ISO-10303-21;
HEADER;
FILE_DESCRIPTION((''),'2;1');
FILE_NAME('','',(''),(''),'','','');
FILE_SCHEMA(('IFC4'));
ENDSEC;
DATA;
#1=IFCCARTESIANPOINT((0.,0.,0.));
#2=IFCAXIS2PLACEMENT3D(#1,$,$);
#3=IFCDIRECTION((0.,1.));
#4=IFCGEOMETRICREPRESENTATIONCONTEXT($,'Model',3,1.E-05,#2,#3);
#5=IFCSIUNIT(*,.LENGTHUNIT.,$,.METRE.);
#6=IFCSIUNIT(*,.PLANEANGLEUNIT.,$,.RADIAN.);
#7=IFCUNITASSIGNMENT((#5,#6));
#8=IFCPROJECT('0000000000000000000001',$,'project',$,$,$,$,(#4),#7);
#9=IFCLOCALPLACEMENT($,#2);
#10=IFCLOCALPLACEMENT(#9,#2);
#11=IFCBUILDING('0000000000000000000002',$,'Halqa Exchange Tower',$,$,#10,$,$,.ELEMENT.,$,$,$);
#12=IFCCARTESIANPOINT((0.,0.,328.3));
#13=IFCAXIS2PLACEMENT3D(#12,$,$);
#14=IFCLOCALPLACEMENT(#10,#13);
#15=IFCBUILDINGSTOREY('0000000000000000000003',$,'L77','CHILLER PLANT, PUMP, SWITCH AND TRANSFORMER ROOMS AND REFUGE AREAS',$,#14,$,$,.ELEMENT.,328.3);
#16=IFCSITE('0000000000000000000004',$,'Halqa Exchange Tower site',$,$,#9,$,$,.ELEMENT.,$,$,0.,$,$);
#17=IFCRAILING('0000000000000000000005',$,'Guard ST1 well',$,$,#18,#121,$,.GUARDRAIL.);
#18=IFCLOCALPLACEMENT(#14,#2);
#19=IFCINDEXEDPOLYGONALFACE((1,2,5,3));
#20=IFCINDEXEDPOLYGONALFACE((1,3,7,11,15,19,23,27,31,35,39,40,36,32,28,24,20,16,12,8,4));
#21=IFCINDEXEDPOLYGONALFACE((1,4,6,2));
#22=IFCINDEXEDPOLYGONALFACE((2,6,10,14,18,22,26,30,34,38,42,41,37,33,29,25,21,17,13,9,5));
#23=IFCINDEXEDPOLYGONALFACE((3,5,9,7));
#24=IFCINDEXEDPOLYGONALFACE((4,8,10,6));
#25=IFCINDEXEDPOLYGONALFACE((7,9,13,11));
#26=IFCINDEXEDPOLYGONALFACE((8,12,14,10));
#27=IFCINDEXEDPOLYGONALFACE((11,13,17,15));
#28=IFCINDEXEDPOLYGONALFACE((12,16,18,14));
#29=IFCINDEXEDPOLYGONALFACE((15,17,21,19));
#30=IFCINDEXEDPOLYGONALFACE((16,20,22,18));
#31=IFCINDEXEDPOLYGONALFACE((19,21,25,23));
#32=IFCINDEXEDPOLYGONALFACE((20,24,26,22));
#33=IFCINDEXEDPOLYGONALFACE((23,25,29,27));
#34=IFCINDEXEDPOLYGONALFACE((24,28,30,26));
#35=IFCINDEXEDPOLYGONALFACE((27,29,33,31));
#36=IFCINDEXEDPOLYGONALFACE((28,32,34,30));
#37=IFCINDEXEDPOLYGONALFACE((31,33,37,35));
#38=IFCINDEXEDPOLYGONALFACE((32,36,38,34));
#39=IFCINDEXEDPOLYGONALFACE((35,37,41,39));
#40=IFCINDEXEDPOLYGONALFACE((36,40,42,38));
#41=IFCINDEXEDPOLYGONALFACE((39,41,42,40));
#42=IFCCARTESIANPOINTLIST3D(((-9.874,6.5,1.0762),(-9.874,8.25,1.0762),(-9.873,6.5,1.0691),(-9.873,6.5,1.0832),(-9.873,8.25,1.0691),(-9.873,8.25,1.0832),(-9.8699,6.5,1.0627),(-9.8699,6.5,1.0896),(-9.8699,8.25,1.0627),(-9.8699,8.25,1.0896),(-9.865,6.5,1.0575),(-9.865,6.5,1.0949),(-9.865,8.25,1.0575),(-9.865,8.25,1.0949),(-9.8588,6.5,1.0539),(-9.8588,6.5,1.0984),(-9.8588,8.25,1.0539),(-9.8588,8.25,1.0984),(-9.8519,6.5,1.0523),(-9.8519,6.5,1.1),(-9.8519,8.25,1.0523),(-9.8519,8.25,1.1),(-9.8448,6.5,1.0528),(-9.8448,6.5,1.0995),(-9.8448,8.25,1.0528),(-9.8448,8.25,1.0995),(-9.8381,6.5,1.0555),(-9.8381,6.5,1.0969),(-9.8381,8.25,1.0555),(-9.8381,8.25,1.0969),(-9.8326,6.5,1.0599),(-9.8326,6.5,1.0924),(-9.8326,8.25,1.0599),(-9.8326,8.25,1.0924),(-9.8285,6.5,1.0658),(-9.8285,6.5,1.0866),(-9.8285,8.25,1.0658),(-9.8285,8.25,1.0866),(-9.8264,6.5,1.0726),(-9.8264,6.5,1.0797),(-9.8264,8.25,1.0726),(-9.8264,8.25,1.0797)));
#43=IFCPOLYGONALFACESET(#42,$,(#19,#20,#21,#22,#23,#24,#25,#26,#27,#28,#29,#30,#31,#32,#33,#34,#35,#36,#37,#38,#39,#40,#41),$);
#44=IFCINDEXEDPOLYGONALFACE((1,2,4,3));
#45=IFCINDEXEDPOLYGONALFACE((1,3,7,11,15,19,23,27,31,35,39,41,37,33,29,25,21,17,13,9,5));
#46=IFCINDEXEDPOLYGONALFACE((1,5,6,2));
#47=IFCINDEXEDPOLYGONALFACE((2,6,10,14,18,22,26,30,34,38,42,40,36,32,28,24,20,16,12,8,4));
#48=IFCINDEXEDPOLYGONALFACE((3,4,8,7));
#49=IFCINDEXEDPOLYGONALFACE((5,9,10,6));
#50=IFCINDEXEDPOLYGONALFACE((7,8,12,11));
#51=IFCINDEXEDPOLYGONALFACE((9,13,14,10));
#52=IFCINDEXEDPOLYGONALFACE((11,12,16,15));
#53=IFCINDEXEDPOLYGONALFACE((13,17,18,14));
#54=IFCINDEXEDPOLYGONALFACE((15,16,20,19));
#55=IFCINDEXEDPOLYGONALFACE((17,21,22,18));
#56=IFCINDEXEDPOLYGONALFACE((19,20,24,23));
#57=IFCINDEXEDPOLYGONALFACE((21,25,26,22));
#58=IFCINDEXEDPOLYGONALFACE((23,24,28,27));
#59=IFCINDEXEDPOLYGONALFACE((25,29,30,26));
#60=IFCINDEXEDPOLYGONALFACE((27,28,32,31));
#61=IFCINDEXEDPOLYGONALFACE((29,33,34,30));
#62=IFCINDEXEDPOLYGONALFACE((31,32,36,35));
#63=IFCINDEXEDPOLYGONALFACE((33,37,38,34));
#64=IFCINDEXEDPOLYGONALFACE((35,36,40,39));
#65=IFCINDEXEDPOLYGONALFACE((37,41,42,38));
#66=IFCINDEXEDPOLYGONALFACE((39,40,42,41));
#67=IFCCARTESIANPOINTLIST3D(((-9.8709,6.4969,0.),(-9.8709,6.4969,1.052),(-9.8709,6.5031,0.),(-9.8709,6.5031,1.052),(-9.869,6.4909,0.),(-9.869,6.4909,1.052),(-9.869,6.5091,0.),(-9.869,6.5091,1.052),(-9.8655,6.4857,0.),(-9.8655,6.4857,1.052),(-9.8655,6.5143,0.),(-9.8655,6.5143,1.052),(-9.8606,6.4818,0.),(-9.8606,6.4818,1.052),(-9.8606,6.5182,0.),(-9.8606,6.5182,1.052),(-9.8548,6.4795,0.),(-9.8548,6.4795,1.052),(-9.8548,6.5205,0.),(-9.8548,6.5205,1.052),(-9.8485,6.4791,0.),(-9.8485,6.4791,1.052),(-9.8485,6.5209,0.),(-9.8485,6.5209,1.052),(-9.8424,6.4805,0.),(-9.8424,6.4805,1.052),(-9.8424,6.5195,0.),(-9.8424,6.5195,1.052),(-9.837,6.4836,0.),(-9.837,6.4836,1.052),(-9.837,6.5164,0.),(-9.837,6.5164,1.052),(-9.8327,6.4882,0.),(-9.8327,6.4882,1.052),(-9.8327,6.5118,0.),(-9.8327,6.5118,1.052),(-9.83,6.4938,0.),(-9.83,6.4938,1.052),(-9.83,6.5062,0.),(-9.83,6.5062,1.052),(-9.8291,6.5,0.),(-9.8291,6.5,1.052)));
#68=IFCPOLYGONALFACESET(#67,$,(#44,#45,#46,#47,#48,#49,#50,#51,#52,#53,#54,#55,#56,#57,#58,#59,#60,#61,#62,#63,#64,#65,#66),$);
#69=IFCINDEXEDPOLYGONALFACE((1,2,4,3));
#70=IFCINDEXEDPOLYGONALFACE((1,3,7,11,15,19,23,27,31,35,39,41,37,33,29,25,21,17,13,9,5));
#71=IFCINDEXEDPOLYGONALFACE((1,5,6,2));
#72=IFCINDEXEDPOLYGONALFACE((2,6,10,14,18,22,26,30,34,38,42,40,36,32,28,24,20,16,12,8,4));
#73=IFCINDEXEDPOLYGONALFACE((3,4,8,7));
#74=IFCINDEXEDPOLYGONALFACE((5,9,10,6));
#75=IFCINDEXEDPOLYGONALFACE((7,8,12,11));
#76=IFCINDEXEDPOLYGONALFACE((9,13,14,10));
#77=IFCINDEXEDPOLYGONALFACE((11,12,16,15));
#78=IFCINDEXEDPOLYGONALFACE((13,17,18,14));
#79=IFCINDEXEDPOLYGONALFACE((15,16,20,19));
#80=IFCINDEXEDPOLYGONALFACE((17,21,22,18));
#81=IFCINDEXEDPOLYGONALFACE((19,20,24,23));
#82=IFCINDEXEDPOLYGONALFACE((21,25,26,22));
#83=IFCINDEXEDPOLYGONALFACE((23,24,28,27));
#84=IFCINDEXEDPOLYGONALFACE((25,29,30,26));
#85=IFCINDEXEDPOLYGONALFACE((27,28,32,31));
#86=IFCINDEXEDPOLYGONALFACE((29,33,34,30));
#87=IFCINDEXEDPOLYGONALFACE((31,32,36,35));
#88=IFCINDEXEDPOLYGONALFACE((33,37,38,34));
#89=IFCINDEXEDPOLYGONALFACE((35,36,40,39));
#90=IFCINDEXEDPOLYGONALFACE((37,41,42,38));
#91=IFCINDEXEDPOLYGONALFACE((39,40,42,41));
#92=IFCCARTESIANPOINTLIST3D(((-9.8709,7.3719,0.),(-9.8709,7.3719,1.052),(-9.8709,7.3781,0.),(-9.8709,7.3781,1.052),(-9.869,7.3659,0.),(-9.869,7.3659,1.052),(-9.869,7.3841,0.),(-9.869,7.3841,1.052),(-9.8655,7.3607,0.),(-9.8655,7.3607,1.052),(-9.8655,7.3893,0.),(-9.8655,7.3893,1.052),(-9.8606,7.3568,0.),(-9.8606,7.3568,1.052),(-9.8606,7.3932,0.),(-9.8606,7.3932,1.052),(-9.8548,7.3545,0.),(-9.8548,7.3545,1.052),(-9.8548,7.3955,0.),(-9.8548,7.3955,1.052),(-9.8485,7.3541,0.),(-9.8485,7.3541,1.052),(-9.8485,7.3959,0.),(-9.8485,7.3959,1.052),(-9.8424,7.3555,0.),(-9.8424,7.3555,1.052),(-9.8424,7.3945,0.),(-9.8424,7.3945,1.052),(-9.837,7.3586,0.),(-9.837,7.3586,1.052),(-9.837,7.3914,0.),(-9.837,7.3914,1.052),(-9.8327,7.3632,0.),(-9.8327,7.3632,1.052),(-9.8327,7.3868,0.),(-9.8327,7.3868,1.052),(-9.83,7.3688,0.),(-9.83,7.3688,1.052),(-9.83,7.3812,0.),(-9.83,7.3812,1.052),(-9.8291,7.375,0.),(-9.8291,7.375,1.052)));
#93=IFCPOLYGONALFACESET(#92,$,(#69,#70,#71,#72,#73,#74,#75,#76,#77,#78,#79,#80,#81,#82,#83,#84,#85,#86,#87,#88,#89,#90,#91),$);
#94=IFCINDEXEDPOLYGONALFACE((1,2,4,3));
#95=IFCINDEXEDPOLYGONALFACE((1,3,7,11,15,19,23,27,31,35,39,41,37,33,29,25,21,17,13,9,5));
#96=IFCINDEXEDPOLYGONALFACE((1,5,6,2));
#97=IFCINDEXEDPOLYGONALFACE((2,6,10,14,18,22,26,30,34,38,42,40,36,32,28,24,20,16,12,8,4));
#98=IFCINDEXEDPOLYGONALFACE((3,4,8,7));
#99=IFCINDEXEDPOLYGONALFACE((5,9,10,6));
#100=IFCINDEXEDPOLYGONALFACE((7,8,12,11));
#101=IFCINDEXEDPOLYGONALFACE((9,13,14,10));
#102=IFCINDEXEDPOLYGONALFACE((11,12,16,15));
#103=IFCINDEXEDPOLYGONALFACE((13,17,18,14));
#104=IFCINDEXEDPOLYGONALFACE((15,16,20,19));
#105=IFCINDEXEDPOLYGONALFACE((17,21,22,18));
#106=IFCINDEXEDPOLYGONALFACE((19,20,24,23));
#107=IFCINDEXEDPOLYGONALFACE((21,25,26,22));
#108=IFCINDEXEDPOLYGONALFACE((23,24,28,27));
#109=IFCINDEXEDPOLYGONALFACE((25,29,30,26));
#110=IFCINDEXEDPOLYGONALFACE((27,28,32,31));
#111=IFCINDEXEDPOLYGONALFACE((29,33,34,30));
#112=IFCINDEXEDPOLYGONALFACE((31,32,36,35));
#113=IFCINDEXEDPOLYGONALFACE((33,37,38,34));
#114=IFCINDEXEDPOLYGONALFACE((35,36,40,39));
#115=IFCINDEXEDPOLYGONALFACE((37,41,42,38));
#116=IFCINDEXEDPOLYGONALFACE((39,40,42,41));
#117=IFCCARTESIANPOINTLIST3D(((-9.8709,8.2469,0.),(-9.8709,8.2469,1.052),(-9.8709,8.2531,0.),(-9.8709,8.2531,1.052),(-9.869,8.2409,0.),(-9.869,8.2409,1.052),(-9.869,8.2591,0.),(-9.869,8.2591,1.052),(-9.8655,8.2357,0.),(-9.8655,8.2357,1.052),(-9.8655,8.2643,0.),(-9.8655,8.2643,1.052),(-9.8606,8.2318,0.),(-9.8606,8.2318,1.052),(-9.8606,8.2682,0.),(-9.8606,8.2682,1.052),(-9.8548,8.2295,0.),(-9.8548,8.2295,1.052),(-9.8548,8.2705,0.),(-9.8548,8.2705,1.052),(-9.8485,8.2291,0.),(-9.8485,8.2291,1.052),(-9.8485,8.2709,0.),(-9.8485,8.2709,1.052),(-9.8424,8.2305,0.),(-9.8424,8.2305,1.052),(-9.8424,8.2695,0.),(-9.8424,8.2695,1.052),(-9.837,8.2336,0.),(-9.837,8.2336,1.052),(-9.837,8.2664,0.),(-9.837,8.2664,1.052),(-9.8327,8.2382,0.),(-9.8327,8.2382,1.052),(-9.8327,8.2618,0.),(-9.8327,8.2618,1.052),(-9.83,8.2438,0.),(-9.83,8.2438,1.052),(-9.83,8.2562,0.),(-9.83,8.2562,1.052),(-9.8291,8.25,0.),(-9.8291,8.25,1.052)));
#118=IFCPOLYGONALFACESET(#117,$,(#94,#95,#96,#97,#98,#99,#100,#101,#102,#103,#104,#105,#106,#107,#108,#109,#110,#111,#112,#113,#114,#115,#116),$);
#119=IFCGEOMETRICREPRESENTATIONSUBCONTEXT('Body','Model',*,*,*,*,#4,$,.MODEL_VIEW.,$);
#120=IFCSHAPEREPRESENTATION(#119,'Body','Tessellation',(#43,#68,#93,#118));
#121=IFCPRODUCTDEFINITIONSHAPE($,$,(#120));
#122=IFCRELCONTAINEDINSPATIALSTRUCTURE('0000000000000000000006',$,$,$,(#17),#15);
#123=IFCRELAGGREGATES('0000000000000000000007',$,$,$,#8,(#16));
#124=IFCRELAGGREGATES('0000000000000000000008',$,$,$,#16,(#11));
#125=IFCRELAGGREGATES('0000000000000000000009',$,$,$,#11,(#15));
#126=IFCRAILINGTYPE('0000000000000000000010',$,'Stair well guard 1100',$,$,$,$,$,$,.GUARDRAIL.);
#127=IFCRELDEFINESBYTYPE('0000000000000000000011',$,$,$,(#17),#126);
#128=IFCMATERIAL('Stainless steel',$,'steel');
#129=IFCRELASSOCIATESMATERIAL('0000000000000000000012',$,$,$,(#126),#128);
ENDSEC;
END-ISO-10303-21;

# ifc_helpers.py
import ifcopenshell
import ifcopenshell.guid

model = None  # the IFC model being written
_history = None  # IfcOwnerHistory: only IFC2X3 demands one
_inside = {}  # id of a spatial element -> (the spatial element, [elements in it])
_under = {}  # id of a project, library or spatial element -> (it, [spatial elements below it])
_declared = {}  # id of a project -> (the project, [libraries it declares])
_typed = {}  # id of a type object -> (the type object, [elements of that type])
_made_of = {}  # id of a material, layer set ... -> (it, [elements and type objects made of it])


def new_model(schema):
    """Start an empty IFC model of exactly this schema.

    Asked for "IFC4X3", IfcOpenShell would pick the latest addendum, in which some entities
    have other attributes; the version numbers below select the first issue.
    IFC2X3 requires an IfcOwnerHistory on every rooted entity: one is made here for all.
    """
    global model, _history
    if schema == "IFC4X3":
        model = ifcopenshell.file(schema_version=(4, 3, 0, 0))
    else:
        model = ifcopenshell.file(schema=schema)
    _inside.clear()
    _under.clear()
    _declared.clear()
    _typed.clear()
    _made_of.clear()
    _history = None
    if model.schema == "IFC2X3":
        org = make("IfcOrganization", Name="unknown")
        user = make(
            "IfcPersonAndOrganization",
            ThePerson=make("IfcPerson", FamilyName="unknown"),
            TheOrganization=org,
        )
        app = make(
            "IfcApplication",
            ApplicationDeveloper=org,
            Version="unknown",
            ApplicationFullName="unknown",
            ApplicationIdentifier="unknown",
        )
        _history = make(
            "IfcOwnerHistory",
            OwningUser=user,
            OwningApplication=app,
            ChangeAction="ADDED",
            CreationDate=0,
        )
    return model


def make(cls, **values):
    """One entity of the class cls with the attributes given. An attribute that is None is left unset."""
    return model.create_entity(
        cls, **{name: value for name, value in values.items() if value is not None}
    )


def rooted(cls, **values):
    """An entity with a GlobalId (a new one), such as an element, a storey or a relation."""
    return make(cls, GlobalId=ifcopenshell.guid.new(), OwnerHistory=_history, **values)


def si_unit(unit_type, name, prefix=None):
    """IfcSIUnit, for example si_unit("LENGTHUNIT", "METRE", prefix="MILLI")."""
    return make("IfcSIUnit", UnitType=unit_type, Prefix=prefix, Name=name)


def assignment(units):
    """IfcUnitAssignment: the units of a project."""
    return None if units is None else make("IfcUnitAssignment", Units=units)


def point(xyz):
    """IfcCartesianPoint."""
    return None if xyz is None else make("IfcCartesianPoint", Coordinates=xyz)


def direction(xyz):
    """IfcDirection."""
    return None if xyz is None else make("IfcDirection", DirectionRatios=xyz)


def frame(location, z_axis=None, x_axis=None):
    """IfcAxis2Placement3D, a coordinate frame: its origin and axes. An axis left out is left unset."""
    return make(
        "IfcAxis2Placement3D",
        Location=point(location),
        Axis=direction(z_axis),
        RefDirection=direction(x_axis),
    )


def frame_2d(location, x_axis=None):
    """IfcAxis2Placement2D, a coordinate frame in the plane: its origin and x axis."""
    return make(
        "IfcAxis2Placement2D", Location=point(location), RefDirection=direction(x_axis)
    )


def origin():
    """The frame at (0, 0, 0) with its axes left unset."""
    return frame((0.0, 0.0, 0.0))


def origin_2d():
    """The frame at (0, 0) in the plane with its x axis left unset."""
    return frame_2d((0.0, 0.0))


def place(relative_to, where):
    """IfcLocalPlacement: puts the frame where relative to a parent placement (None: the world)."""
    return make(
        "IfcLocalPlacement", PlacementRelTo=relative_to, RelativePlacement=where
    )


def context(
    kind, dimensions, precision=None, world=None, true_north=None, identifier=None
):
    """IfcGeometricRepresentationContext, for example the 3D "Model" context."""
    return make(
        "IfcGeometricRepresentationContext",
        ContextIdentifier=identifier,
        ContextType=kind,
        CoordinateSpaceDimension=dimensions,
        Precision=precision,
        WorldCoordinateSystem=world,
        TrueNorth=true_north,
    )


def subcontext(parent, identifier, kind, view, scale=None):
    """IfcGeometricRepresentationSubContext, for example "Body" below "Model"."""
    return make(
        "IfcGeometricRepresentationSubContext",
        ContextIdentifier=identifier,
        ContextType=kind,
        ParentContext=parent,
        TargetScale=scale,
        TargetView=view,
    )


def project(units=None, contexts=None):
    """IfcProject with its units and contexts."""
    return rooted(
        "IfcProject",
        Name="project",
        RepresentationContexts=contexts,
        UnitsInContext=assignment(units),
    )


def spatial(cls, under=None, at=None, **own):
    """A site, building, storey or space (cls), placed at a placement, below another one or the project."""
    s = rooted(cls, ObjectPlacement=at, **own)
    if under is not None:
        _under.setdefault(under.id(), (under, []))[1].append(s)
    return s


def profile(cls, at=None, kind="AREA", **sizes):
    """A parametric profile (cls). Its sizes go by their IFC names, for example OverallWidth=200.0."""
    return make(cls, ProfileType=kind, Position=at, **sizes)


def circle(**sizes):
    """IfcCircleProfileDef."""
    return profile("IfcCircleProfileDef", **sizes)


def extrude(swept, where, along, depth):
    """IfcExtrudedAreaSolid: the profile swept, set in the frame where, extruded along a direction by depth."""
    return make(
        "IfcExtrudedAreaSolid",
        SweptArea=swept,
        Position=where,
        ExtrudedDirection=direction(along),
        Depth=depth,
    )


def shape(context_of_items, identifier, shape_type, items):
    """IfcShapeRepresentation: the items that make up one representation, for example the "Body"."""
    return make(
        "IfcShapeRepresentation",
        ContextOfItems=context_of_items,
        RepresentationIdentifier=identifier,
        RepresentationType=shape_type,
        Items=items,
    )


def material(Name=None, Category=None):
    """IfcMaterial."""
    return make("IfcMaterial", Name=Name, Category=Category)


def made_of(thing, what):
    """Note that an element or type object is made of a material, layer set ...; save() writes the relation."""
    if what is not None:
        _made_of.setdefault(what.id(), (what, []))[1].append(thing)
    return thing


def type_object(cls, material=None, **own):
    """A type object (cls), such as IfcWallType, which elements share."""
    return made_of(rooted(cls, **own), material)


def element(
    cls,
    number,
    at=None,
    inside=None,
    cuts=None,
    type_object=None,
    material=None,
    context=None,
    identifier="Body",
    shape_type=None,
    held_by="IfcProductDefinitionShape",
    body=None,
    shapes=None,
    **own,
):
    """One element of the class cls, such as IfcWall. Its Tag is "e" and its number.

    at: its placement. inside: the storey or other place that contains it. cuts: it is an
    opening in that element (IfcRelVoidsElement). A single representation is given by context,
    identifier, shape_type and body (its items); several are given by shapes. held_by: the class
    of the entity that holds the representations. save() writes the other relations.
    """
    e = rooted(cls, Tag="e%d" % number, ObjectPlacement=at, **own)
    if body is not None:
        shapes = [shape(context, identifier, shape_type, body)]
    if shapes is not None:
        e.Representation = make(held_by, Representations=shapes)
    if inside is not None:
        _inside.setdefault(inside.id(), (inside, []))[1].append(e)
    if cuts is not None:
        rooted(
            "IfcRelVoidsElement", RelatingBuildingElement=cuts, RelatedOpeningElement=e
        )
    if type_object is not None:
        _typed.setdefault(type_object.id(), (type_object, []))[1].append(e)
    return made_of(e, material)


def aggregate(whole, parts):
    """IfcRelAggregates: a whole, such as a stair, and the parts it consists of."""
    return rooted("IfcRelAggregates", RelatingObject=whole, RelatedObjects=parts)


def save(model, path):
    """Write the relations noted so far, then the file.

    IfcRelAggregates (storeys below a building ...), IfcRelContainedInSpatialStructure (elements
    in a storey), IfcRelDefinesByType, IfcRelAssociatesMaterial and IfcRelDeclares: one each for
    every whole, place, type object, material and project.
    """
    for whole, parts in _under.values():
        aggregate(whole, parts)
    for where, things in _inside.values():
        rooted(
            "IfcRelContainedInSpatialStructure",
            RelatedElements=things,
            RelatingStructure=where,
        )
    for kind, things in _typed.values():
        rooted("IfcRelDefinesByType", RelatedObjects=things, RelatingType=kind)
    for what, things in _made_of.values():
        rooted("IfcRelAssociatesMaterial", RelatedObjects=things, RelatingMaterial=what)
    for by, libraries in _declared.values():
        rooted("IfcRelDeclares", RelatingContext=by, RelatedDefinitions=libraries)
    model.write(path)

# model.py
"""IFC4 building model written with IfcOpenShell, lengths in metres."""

from ifc_helpers import new_model, si_unit, direction, frame, origin, origin_2d, place, context, subcontext, project, spatial, circle, extrude, material, type_object, element, save


model = new_model("IFC4")

# Units and contexts
model_context = context("Model", 3, precision=1e-05, world=origin(), true_north=direction((0.0, 1.0)))
body_context = subcontext(model_context, "Body", "Model", "MODEL_VIEW")
ifc_project = project(units=[si_unit("LENGTHUNIT", "METRE"), si_unit("PLANEANGLEUNIT", "RADIAN")], contexts=[model_context])

# Site, building, storey
site_placement = place(None, origin())
site = spatial("IfcSite", under=ifc_project, at=site_placement, Name="Halqa Exchange Tower site", CompositionType="ELEMENT", RefElevation=0.0)
building_placement = place(site_placement, origin())
building = spatial("IfcBuilding", under=site, at=building_placement, Name="Halqa Exchange Tower", CompositionType="ELEMENT")
storey_placement = place(building_placement, frame((0.0, 0.0, 328.3)))
storey = spatial("IfcBuildingStorey", under=building, at=storey_placement, Name="L77", Description="CHILLER PLANT, PUMP, SWITCH AND TRANSFORMER ROOMS AND REFUGE AREAS", CompositionType="ELEMENT", Elevation=328.3)

# Railing
ifc_material_1 = material(Name="Stainless steel", Category="steel")
railing_type_1 = type_object("IfcRailingType", Name="Stair well guard 1100", PredefinedType="GUARDRAIL", material=ifc_material_1)
railing_1_placement = place(storey_placement, frame((-9.8501, 6.5, 0.0)))
element("IfcRailing", 1, at=railing_1_placement, inside=storey, type_object=railing_type_1, Name="Guard ST1 well", PredefinedType="GUARDRAIL", context=body_context, shape_type="SweptSolid", body=[
    extrude(circle(Radius=0.0239, at=origin_2d()), frame((0.0, 0.0, 1.0762), z_axis=(0.0, 1.0, 0.0), x_axis=(-1.0, 0.0, 0.0)), (0.0, 0.0, 1.0), 1.75),
    extrude(circle(Radius=0.021, at=origin_2d()), origin(), (0.0, 0.0, 1.0), 1.052),
    extrude(circle(Radius=0.021, at=origin_2d()), frame((0.0, 0.875, 0.0)), (0.0, 0.0, 1.0), 1.052),
    extrude(circle(Radius=0.021, at=origin_2d()), frame((0.0, 1.75, 0.0)), (0.0, 0.0, 1.0), 1.052),
])

save(model, "model.ifc")
